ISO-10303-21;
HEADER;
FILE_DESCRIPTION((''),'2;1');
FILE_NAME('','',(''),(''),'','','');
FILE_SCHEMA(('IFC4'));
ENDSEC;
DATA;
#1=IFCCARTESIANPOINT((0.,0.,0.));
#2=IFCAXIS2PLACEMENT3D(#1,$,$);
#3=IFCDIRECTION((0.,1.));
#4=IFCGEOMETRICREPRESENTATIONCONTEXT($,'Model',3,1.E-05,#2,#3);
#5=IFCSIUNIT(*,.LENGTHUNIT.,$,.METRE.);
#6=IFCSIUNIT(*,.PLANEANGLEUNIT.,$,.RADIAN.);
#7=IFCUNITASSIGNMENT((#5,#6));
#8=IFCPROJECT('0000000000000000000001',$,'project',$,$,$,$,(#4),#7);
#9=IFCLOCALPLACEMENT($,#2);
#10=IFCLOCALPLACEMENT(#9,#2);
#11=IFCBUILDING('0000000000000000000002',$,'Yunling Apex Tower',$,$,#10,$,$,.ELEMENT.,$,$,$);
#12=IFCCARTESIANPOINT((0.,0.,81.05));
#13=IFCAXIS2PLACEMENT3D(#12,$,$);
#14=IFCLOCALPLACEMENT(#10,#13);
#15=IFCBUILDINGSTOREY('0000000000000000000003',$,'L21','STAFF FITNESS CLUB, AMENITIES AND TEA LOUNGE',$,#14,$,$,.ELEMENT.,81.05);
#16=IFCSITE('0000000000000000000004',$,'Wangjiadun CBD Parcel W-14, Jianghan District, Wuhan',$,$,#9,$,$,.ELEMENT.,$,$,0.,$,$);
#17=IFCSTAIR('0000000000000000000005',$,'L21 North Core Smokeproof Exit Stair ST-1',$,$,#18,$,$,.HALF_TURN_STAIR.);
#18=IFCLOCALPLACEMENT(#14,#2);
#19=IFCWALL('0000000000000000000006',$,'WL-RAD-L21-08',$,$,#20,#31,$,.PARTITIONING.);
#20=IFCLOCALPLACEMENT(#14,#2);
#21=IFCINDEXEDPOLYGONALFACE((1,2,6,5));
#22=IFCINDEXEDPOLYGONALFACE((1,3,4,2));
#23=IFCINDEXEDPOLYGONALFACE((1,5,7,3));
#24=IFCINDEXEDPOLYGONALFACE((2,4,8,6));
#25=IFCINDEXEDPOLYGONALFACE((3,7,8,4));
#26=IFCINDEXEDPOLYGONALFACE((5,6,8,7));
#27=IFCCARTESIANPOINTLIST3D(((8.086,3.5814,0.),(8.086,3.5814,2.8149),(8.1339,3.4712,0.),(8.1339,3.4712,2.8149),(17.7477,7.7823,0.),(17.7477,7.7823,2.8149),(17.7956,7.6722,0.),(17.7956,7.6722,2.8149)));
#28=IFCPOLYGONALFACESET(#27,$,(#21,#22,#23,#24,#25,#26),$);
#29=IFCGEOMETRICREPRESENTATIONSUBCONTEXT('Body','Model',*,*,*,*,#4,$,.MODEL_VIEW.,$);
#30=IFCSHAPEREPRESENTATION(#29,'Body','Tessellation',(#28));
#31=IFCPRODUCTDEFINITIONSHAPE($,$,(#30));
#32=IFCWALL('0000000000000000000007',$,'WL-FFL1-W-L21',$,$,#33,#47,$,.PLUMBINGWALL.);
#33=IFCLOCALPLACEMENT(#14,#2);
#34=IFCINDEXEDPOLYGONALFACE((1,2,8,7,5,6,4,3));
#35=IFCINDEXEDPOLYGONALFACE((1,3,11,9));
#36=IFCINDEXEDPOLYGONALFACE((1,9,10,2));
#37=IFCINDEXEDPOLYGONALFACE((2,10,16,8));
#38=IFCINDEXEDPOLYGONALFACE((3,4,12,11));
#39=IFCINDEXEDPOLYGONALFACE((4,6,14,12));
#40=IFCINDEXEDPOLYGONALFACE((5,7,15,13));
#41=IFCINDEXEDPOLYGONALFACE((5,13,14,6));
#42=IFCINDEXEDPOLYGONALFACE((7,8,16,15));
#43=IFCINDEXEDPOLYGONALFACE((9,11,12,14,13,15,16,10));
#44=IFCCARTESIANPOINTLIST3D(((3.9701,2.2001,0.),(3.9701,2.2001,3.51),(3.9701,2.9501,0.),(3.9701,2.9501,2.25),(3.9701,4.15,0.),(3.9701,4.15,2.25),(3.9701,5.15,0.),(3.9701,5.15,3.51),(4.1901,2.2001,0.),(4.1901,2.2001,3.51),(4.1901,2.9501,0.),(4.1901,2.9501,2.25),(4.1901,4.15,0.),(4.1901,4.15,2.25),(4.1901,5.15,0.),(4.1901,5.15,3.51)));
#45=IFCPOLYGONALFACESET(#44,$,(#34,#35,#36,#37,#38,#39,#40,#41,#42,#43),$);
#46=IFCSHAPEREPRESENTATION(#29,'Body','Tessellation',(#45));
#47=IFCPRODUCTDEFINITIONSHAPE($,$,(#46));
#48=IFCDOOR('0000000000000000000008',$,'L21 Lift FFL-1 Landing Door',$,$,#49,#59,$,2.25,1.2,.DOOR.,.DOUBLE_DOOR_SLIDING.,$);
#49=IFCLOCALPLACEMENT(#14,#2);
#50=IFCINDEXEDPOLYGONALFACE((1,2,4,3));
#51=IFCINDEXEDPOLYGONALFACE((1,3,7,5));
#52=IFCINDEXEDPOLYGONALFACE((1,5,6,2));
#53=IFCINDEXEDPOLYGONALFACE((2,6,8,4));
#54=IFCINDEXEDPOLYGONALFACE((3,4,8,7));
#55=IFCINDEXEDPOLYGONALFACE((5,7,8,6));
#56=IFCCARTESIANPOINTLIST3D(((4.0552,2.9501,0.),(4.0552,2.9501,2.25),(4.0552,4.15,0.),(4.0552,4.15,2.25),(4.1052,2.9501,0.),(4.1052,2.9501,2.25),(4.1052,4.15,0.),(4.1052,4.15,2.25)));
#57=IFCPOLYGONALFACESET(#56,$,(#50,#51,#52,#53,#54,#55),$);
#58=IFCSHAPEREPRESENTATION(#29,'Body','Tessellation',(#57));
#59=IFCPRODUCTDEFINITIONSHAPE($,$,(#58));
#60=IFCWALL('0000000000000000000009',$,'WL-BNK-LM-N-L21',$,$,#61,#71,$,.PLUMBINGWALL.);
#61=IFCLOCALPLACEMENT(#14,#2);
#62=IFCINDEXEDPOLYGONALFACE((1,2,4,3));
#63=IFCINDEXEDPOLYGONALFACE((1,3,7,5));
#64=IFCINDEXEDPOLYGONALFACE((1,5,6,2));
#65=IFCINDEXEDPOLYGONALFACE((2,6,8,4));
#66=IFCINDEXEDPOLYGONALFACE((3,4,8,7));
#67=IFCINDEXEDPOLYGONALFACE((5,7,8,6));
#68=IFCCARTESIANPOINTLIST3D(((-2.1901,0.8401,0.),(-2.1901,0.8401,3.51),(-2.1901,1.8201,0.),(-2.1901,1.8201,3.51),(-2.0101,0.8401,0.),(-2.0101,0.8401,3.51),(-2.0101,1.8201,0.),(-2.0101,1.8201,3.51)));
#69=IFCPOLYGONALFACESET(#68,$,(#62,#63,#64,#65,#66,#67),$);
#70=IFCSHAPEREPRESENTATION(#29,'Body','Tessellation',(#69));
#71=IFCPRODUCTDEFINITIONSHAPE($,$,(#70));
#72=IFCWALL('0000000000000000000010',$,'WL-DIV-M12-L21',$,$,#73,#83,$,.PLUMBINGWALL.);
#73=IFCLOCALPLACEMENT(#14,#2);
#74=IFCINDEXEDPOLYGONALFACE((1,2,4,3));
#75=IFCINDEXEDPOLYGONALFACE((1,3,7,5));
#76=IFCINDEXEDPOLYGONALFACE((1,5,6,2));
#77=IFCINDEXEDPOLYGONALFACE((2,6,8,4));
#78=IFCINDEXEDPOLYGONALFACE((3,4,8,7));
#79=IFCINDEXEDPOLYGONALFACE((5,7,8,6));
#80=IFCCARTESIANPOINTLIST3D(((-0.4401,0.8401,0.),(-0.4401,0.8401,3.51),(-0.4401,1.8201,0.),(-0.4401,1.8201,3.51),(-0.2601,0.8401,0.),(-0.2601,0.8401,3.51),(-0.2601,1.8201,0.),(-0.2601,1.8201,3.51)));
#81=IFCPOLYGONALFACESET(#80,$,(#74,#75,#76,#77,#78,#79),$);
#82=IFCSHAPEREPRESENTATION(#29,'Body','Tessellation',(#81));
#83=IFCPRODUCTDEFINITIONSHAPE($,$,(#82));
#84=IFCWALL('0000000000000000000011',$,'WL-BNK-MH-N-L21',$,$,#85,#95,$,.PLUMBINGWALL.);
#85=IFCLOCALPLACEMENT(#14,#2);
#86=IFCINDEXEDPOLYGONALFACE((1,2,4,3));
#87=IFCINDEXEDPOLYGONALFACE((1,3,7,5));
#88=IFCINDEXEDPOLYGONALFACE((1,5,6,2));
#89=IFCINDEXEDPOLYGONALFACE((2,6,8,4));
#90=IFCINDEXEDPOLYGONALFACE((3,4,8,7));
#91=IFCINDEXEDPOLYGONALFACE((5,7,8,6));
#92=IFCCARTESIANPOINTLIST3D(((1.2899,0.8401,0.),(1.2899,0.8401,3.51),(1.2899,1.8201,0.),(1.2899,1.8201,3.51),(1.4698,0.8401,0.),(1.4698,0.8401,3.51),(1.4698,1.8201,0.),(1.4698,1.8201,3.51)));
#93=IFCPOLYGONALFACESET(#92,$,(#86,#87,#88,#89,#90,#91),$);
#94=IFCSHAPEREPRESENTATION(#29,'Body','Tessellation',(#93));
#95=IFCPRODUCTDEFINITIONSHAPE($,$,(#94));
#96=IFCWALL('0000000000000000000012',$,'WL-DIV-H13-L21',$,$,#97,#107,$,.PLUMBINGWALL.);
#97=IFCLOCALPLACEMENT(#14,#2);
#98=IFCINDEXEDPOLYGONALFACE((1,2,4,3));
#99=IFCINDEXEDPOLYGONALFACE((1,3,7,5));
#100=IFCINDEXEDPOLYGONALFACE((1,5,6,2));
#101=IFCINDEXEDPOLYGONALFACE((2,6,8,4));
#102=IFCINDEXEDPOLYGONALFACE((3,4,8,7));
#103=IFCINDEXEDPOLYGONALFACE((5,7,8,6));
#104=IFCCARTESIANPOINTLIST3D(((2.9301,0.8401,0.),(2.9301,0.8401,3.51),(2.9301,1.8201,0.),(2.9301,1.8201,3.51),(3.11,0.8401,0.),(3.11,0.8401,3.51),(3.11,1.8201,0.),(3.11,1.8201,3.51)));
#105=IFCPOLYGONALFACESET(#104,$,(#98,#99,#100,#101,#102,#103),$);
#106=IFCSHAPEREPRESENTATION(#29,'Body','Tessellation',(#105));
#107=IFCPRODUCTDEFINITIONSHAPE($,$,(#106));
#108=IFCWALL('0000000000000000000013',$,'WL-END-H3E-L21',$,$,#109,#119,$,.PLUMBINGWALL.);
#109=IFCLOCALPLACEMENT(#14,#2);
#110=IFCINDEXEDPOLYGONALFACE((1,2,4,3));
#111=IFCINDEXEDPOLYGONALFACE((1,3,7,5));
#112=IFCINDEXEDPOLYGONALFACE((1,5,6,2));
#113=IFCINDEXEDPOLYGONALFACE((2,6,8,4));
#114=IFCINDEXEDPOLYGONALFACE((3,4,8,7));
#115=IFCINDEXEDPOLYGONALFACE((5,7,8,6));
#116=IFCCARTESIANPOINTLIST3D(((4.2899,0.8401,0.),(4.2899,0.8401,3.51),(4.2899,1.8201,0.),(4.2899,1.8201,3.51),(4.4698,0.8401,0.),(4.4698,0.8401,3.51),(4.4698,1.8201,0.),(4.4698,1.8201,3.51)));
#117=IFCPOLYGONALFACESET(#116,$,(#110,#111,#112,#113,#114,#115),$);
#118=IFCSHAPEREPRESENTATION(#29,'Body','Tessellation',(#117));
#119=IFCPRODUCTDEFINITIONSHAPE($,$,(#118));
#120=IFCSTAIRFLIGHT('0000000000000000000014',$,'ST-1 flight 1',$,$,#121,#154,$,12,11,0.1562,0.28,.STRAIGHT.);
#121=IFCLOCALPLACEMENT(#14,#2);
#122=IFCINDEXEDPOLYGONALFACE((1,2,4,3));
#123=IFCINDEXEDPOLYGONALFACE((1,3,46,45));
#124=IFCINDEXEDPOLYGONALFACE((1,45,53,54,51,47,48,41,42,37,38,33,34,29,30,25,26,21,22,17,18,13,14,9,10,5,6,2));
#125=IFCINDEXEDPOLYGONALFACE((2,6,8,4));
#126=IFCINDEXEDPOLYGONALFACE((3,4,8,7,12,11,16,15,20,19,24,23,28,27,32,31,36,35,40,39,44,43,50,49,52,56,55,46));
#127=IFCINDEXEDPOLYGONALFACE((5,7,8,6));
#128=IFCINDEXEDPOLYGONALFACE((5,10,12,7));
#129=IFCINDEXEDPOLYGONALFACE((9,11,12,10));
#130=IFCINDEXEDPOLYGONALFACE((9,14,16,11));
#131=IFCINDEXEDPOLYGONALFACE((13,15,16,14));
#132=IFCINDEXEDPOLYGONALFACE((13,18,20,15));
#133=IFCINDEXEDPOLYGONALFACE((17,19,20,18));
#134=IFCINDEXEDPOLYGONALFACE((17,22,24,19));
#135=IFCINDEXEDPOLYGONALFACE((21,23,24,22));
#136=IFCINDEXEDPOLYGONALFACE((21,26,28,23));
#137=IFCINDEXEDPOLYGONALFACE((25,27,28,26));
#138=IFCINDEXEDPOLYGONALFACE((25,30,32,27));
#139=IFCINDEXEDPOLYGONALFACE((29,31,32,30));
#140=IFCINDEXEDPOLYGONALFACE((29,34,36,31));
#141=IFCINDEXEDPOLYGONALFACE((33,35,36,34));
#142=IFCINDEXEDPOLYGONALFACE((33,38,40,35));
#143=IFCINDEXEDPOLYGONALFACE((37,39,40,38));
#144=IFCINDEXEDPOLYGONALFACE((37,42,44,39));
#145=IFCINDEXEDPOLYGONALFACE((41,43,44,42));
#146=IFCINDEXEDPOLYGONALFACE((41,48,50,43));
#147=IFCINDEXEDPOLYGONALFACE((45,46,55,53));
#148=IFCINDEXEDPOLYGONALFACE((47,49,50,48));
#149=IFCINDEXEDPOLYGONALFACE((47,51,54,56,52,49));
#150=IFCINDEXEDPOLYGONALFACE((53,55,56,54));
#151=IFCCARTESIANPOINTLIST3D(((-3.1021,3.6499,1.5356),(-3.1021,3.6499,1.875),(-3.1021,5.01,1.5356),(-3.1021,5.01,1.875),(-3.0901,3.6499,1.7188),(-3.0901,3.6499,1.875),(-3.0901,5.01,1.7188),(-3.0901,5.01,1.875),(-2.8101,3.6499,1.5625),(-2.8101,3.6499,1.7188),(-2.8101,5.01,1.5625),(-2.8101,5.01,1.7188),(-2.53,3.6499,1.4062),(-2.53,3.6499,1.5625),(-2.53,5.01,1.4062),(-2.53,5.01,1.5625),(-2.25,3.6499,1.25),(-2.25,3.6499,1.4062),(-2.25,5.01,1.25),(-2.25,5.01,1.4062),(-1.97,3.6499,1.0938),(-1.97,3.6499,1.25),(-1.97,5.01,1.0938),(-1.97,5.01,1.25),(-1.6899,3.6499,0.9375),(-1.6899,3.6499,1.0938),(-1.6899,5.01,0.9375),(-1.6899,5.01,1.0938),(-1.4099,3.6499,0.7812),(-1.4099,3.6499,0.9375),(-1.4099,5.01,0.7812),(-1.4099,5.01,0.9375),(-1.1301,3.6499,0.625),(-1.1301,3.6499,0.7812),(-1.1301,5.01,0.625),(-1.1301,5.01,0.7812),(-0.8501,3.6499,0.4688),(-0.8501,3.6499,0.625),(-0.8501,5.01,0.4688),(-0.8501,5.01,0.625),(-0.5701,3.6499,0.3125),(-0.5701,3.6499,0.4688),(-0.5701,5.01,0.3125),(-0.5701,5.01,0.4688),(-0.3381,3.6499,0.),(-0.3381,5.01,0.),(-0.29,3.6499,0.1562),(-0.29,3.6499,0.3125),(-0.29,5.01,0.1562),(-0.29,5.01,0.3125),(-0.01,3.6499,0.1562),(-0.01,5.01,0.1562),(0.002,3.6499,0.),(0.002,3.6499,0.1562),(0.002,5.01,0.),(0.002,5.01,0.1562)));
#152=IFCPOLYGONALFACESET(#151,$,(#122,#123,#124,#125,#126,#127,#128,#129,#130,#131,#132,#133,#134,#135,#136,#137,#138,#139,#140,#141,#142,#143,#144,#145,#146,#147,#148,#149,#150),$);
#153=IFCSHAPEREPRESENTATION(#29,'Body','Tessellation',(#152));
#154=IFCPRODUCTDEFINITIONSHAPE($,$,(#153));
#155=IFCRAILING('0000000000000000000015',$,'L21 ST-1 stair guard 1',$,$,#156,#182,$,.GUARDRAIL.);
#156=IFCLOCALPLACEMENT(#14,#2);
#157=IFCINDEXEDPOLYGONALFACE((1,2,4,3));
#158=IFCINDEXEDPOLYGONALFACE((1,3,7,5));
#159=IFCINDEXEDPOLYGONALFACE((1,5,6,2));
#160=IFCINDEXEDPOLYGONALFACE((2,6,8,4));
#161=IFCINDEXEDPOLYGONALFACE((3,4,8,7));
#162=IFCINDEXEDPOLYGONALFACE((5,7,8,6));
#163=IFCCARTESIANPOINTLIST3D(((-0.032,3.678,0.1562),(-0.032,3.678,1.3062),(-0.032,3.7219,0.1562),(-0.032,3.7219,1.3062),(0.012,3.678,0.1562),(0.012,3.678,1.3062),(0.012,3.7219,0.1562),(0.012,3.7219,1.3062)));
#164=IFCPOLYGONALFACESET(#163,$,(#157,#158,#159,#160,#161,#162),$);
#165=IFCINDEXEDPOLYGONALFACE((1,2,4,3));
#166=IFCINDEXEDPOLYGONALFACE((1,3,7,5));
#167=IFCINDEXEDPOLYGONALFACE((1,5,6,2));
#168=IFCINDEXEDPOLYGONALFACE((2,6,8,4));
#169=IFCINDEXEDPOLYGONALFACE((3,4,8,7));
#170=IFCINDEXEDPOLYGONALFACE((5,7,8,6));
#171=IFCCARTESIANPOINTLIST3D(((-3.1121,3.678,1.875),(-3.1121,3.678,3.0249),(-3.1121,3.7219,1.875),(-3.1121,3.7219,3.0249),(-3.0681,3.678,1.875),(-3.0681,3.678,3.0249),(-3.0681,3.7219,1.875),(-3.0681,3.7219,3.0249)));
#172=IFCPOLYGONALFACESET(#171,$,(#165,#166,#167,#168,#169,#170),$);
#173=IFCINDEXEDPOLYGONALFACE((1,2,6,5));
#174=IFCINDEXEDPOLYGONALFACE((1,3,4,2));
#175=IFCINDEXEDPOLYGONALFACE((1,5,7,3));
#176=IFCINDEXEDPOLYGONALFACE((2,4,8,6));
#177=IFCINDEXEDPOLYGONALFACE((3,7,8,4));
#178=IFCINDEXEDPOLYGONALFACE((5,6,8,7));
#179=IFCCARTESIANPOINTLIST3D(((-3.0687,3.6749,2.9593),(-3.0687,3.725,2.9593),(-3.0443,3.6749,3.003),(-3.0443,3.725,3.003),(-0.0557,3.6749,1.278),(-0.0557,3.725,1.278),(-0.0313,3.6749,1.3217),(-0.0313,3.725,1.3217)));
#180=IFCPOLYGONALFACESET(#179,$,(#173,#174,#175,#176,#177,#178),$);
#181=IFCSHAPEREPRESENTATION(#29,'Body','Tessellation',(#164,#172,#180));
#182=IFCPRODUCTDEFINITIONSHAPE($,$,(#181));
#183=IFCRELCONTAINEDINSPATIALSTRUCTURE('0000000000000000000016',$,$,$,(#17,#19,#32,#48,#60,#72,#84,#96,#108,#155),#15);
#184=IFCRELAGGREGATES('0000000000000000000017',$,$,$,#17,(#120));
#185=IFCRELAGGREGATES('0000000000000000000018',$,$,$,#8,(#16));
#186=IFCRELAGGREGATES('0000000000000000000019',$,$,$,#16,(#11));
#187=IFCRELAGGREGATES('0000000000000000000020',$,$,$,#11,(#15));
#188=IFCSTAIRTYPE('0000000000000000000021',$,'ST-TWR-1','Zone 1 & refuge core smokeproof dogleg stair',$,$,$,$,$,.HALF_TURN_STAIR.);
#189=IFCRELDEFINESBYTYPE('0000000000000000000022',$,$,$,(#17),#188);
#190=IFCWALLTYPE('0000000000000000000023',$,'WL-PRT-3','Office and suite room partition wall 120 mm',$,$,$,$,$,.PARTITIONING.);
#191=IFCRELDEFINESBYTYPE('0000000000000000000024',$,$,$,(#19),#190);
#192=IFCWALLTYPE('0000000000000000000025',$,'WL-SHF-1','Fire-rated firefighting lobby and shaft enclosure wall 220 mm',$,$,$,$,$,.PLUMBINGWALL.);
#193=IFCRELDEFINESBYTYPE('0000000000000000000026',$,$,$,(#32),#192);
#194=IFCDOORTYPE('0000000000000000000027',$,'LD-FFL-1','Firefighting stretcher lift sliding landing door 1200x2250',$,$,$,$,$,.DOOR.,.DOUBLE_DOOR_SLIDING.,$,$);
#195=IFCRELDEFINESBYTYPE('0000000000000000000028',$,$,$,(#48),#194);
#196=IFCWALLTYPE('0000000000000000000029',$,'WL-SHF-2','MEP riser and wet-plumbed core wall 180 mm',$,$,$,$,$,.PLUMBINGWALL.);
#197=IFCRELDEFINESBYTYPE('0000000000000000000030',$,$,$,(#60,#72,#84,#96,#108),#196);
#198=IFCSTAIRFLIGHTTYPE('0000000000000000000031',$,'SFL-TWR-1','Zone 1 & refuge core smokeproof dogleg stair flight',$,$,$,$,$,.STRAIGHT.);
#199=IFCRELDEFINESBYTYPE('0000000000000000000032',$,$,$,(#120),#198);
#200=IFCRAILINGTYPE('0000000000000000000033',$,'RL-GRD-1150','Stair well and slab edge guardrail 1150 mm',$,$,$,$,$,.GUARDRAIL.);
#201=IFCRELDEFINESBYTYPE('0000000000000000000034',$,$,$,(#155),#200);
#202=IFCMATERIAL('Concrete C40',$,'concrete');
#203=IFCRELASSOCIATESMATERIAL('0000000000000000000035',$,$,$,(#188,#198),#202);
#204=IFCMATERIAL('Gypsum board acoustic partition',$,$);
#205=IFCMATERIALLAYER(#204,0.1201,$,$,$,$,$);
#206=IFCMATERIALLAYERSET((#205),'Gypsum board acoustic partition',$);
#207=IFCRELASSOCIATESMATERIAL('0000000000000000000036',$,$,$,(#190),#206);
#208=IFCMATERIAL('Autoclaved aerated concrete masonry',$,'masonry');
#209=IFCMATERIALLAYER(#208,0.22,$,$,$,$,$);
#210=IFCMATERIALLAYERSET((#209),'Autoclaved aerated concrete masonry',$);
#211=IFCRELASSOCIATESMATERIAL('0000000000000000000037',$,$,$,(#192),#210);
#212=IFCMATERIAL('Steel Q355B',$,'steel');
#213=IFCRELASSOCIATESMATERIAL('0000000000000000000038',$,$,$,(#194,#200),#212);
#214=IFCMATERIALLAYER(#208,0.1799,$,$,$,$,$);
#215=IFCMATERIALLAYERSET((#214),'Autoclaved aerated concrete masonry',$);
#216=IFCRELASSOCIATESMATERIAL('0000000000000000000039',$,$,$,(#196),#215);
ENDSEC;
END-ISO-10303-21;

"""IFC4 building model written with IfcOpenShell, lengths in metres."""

from ifc_helpers import new_model, si_unit, direction, frame, frame_2d, origin, origin_2d, place, context, subcontext, project, spatial, polyline, rectangle, outline, extrude, material, layer, layer_set, type_object, element, fill, aggregate, save


model = new_model("IFC4")

# Units and contexts
model_context = context("Model", 3, precision=1e-05, world=origin(), true_north=direction((0.0, 1.0)))
body_context = subcontext(model_context, "Body", "Model", "MODEL_VIEW")
ifc_project = project(units=[si_unit("LENGTHUNIT", "METRE"), si_unit("PLANEANGLEUNIT", "RADIAN")], contexts=[model_context])

# Site, building, storey
site_placement = place(None, origin())
site = spatial("IfcSite", under=ifc_project, at=site_placement, Name="Wangjiadun CBD Parcel W-14, Jianghan District, Wuhan", CompositionType="ELEMENT", RefElevation=0.0)
building_placement = place(site_placement, origin())
building = spatial("IfcBuilding", under=site, at=building_placement, Name="Yunling Apex Tower", CompositionType="ELEMENT")
storey_placement = place(building_placement, frame((0.0, 0.0, 81.05)))
storey = spatial("IfcBuildingStorey", under=building, at=storey_placement, Name="L21", Description="STAFF FITNESS CLUB, AMENITIES AND TEA LOUNGE", CompositionType="ELEMENT", Elevation=81.05)

# Shared definitions
ifc_material_1 = material(Name="Concrete C40", Category="concrete")

# Stair
stair_type = type_object("IfcStairType", Name="ST-TWR-1", Description="Zone 1 & refuge core smokeproof dogleg stair", PredefinedType="HALF_TURN_STAIR", material=ifc_material_1)
stair_1_placement = place(storey_placement, origin())
stair_1 = element("IfcStair", 1, at=stair_1_placement, inside=storey, type_object=stair_type, Name="L21 North Core Smokeproof Exit Stair ST-1", PredefinedType="HALF_TURN_STAIR")

# Shared definitions
ifc_material_2 = material(Name="Gypsum board acoustic partition")

# Wall
ifc_layer_1 = layer(ifc_material_2, 0.1201)
ifc_layer_set_1 = layer_set([ifc_layer_1], Name="Gypsum board acoustic partition")
wall_type_1 = type_object("IfcWallType", Name="WL-PRT-3", Description="Office and suite room partition wall 120 mm", PredefinedType="PARTITIONING", material=ifc_layer_set_1)
wall_1_placement = place(storey_placement, frame((8.1101, 3.5264, 0.0), z_axis=(0.0, 0.0, 1.0), x_axis=(0.917062, 0.398744, 0.0)))
element("IfcWall", 2, at=wall_1_placement, inside=storey, type_object=wall_type_1, Name="WL-RAD-L21-08", PredefinedType="PARTITIONING", context=body_context, shape_type="SweptSolid", body=[
    extrude(rectangle(XDim=10.5354, YDim=0.1201, at=frame_2d((5.2676, 0.0))), origin(), (0.0, 0.0, 1.0), 2.8149),
])

# Wall, opening, door
ifc_material_3 = material(Name="Autoclaved aerated concrete masonry", Category="masonry")
ifc_layer_2 = layer(ifc_material_3, 0.22)
ifc_layer_set_2 = layer_set([ifc_layer_2], Name="Autoclaved aerated concrete masonry")
wall_type_2 = type_object("IfcWallType", Name="WL-SHF-1", Description="Fire-rated firefighting lobby and shaft enclosure wall 220 mm", PredefinedType="PLUMBINGWALL", material=ifc_layer_set_2)
ifc_material_4 = material(Name="Steel Q355B", Category="steel")
wall_2_placement = place(storey_placement, frame((4.0801, 2.2, 0.0), z_axis=(0.0, 0.0, 1.0), x_axis=(0.0, 1.0, 0.0)))
wall_2 = element("IfcWall", 3, at=wall_2_placement, inside=storey, type_object=wall_type_2, Name="WL-FFL1-W-L21", PredefinedType="PLUMBINGWALL", context=body_context, shape_type="SweptSolid", body=[
    extrude(rectangle(XDim=2.95, YDim=0.22, at=frame_2d((1.4751, 0.0))), origin(), (0.0, 0.0, 1.0), 3.51),
])
opening_1_placement = place(wall_2_placement, frame((0.75, 0.0, 0.0)))
opening_1 = element("IfcOpeningElement", 4, at=opening_1_placement, cuts=wall_2, PredefinedType="OPENING", context=body_context, shape_type="SweptSolid", body=[
    extrude(rectangle(XDim=1.2, YDim=2.25, at=frame_2d((0.6001, 1.125))), frame((0.0, 0.1201, 0.0), z_axis=(0.0, -1.0, 0.0), x_axis=(1.0, 0.0, 0.0)), (0.0, 0.0, 1.0), 0.24),
])
door_type_1 = type_object("IfcDoorType", Name="LD-FFL-1", Description="Firefighting stretcher lift sliding landing door 1200x2250", OperationType="DOUBLE_DOOR_SLIDING", PredefinedType="DOOR", material=ifc_material_4)
door_1_placement = place(opening_1_placement, origin())
door_1 = element("IfcDoor", 5, at=door_1_placement, inside=storey, type_object=door_type_1, Name="L21 Lift FFL-1 Landing Door", OperationType="DOUBLE_DOOR_SLIDING", OverallHeight=2.25, OverallWidth=1.2, PredefinedType="DOOR", context=body_context, shape_type="SweptSolid", body=[
    extrude(rectangle(XDim=1.2, YDim=2.25, at=frame_2d((0.6001, 1.125))), frame((0.0, 0.0249, 0.0), z_axis=(0.0, -1.0, 0.0), x_axis=(1.0, 0.0, 0.0)), (0.0, 0.0, 1.0), 0.05),
])
fill(opening_1, door_1)

# Walls
ifc_layer_3 = layer(ifc_material_3, 0.1799)
ifc_layer_set_3 = layer_set([ifc_layer_3], Name="Autoclaved aerated concrete masonry")
wall_type_3 = type_object("IfcWallType", Name="WL-SHF-2", Description="MEP riser and wet-plumbed core wall 180 mm", PredefinedType="PLUMBINGWALL", material=ifc_layer_set_3)
for number, where, z_axis, x_axis, name in (
    (6, (-2.1001, 0.8401, 0.0), (0.0, 0.0, 1.0), (0.0, 1.0, 0.0), "WL-BNK-LM-N-L21"),
    (7, (-0.3501, 0.8401, 0.0), (0.0, 0.0, 1.0), (0.0, 1.0, 0.0), "WL-DIV-M12-L21"),
    (8, (1.3799, 0.8401, 0.0), (0.0, 0.0, 1.0), (0.0, 1.0, 0.0), "WL-BNK-MH-N-L21"),
    (9, (3.02, 0.8401, 0.0), (0.0, 0.0, 1.0), (0.0, 1.0, 0.0), "WL-DIV-H13-L21"),
    (10, (4.3799, 0.8401, 0.0), (0.0, 0.0, 1.0), (0.0, 1.0, 0.0), "WL-END-H3E-L21"),
):
    element("IfcWall", number, at=place(storey_placement, frame(where, z_axis=z_axis, x_axis=x_axis)), inside=storey, type_object=wall_type_3, Name=name, PredefinedType="PLUMBINGWALL", context=body_context, shape_type="SweptSolid", body=[
        extrude(rectangle(XDim=0.98, YDim=0.1799, at=frame_2d((0.49, 0.0))), origin(), (0.0, 0.0, 1.0), 3.51),
    ])

# Stair flight
stair_flight_type = type_object("IfcStairFlightType", Name="SFL-TWR-1", Description="Zone 1 & refuge core smokeproof dogleg stair flight", PredefinedType="STRAIGHT", material=ifc_material_1)
stair_flight_placement = place(storey_placement, frame((-0.01, 4.3301, 0.0), z_axis=(0.0, 0.0, 1.0), x_axis=(-1.0, 0.0, 0.0)))
stair_flight = element("IfcStairFlight", 11, at=stair_flight_placement, type_object=stair_flight_type, Name="ST-1 flight 1", NumberOfRisers=12, NumberOfTreads=11, PredefinedType="STRAIGHT", RiserHeight=0.1562, TreadLength=0.28, context=body_context, shape_type="SweptSolid", body=[
    extrude(outline(polyline([(-0.012, 0.0), (-0.012, 0.1562), (0.0, 0.1562), (0.28, 0.1562), (0.28, 0.3125), (0.5601, 0.3125), (0.5601, 0.4688), (0.8401, 0.4688), (0.8401, 0.625), (1.1201, 0.625), (1.1201, 0.7812), (1.3999, 0.7812), (1.3999, 0.9375), (1.6799, 0.9375), (1.6799, 1.0938), (1.96, 1.0938), (1.96, 1.25), (2.24, 1.25), (2.24, 1.4062), (2.52, 1.4062), (2.52, 1.5625), (2.8, 1.5625), (2.8, 1.7188), (3.0801, 1.7188), (3.0801, 1.875), (3.092, 1.875), (3.092, 1.5356), (0.3281, 0.0), (-0.012, 0.0)])), frame((0.0, 0.6802, 0.0), z_axis=(0.0, -1.0, 0.0), x_axis=(1.0, 0.0, 0.0)), (0.0, 0.0, 1.0), 1.3601),
])
aggregate(stair_1, [stair_flight])

# Railing
railing_type_1 = type_object("IfcRailingType", Name="RL-GRD-1150", Description="Stair well and slab edge guardrail 1150 mm", PredefinedType="GUARDRAIL", material=ifc_material_4)
railing_1_placement = place(storey_placement, frame((-0.01, 3.7, 0.1562)))
element("IfcRailing", 12, at=railing_1_placement, inside=storey, type_object=railing_type_1, Name="L21 ST-1 stair guard 1", PredefinedType="GUARDRAIL", context=body_context, shape_type="SweptSolid", body=[
    extrude(rectangle(XDim=0.0439, YDim=0.0439, at=origin_2d()), origin(), (0.0, 0.0, 1.0), 1.1499),
    extrude(rectangle(XDim=0.0439, YDim=0.0439, at=origin_2d()), frame((-3.0801, 0.0, 1.7188)), (0.0, 0.0, 1.0), 1.1499),
    extrude(rectangle(XDim=0.05, YDim=0.05, at=origin_2d()), frame((-0.0334, 0.0, 1.1436), z_axis=(-0.873242, 0.0, 0.487288), x_axis=(0.0, -1.0, 0.0)), (0.0, 0.0, 1.0), 3.4504),
])

save(model, "model.ifc")
